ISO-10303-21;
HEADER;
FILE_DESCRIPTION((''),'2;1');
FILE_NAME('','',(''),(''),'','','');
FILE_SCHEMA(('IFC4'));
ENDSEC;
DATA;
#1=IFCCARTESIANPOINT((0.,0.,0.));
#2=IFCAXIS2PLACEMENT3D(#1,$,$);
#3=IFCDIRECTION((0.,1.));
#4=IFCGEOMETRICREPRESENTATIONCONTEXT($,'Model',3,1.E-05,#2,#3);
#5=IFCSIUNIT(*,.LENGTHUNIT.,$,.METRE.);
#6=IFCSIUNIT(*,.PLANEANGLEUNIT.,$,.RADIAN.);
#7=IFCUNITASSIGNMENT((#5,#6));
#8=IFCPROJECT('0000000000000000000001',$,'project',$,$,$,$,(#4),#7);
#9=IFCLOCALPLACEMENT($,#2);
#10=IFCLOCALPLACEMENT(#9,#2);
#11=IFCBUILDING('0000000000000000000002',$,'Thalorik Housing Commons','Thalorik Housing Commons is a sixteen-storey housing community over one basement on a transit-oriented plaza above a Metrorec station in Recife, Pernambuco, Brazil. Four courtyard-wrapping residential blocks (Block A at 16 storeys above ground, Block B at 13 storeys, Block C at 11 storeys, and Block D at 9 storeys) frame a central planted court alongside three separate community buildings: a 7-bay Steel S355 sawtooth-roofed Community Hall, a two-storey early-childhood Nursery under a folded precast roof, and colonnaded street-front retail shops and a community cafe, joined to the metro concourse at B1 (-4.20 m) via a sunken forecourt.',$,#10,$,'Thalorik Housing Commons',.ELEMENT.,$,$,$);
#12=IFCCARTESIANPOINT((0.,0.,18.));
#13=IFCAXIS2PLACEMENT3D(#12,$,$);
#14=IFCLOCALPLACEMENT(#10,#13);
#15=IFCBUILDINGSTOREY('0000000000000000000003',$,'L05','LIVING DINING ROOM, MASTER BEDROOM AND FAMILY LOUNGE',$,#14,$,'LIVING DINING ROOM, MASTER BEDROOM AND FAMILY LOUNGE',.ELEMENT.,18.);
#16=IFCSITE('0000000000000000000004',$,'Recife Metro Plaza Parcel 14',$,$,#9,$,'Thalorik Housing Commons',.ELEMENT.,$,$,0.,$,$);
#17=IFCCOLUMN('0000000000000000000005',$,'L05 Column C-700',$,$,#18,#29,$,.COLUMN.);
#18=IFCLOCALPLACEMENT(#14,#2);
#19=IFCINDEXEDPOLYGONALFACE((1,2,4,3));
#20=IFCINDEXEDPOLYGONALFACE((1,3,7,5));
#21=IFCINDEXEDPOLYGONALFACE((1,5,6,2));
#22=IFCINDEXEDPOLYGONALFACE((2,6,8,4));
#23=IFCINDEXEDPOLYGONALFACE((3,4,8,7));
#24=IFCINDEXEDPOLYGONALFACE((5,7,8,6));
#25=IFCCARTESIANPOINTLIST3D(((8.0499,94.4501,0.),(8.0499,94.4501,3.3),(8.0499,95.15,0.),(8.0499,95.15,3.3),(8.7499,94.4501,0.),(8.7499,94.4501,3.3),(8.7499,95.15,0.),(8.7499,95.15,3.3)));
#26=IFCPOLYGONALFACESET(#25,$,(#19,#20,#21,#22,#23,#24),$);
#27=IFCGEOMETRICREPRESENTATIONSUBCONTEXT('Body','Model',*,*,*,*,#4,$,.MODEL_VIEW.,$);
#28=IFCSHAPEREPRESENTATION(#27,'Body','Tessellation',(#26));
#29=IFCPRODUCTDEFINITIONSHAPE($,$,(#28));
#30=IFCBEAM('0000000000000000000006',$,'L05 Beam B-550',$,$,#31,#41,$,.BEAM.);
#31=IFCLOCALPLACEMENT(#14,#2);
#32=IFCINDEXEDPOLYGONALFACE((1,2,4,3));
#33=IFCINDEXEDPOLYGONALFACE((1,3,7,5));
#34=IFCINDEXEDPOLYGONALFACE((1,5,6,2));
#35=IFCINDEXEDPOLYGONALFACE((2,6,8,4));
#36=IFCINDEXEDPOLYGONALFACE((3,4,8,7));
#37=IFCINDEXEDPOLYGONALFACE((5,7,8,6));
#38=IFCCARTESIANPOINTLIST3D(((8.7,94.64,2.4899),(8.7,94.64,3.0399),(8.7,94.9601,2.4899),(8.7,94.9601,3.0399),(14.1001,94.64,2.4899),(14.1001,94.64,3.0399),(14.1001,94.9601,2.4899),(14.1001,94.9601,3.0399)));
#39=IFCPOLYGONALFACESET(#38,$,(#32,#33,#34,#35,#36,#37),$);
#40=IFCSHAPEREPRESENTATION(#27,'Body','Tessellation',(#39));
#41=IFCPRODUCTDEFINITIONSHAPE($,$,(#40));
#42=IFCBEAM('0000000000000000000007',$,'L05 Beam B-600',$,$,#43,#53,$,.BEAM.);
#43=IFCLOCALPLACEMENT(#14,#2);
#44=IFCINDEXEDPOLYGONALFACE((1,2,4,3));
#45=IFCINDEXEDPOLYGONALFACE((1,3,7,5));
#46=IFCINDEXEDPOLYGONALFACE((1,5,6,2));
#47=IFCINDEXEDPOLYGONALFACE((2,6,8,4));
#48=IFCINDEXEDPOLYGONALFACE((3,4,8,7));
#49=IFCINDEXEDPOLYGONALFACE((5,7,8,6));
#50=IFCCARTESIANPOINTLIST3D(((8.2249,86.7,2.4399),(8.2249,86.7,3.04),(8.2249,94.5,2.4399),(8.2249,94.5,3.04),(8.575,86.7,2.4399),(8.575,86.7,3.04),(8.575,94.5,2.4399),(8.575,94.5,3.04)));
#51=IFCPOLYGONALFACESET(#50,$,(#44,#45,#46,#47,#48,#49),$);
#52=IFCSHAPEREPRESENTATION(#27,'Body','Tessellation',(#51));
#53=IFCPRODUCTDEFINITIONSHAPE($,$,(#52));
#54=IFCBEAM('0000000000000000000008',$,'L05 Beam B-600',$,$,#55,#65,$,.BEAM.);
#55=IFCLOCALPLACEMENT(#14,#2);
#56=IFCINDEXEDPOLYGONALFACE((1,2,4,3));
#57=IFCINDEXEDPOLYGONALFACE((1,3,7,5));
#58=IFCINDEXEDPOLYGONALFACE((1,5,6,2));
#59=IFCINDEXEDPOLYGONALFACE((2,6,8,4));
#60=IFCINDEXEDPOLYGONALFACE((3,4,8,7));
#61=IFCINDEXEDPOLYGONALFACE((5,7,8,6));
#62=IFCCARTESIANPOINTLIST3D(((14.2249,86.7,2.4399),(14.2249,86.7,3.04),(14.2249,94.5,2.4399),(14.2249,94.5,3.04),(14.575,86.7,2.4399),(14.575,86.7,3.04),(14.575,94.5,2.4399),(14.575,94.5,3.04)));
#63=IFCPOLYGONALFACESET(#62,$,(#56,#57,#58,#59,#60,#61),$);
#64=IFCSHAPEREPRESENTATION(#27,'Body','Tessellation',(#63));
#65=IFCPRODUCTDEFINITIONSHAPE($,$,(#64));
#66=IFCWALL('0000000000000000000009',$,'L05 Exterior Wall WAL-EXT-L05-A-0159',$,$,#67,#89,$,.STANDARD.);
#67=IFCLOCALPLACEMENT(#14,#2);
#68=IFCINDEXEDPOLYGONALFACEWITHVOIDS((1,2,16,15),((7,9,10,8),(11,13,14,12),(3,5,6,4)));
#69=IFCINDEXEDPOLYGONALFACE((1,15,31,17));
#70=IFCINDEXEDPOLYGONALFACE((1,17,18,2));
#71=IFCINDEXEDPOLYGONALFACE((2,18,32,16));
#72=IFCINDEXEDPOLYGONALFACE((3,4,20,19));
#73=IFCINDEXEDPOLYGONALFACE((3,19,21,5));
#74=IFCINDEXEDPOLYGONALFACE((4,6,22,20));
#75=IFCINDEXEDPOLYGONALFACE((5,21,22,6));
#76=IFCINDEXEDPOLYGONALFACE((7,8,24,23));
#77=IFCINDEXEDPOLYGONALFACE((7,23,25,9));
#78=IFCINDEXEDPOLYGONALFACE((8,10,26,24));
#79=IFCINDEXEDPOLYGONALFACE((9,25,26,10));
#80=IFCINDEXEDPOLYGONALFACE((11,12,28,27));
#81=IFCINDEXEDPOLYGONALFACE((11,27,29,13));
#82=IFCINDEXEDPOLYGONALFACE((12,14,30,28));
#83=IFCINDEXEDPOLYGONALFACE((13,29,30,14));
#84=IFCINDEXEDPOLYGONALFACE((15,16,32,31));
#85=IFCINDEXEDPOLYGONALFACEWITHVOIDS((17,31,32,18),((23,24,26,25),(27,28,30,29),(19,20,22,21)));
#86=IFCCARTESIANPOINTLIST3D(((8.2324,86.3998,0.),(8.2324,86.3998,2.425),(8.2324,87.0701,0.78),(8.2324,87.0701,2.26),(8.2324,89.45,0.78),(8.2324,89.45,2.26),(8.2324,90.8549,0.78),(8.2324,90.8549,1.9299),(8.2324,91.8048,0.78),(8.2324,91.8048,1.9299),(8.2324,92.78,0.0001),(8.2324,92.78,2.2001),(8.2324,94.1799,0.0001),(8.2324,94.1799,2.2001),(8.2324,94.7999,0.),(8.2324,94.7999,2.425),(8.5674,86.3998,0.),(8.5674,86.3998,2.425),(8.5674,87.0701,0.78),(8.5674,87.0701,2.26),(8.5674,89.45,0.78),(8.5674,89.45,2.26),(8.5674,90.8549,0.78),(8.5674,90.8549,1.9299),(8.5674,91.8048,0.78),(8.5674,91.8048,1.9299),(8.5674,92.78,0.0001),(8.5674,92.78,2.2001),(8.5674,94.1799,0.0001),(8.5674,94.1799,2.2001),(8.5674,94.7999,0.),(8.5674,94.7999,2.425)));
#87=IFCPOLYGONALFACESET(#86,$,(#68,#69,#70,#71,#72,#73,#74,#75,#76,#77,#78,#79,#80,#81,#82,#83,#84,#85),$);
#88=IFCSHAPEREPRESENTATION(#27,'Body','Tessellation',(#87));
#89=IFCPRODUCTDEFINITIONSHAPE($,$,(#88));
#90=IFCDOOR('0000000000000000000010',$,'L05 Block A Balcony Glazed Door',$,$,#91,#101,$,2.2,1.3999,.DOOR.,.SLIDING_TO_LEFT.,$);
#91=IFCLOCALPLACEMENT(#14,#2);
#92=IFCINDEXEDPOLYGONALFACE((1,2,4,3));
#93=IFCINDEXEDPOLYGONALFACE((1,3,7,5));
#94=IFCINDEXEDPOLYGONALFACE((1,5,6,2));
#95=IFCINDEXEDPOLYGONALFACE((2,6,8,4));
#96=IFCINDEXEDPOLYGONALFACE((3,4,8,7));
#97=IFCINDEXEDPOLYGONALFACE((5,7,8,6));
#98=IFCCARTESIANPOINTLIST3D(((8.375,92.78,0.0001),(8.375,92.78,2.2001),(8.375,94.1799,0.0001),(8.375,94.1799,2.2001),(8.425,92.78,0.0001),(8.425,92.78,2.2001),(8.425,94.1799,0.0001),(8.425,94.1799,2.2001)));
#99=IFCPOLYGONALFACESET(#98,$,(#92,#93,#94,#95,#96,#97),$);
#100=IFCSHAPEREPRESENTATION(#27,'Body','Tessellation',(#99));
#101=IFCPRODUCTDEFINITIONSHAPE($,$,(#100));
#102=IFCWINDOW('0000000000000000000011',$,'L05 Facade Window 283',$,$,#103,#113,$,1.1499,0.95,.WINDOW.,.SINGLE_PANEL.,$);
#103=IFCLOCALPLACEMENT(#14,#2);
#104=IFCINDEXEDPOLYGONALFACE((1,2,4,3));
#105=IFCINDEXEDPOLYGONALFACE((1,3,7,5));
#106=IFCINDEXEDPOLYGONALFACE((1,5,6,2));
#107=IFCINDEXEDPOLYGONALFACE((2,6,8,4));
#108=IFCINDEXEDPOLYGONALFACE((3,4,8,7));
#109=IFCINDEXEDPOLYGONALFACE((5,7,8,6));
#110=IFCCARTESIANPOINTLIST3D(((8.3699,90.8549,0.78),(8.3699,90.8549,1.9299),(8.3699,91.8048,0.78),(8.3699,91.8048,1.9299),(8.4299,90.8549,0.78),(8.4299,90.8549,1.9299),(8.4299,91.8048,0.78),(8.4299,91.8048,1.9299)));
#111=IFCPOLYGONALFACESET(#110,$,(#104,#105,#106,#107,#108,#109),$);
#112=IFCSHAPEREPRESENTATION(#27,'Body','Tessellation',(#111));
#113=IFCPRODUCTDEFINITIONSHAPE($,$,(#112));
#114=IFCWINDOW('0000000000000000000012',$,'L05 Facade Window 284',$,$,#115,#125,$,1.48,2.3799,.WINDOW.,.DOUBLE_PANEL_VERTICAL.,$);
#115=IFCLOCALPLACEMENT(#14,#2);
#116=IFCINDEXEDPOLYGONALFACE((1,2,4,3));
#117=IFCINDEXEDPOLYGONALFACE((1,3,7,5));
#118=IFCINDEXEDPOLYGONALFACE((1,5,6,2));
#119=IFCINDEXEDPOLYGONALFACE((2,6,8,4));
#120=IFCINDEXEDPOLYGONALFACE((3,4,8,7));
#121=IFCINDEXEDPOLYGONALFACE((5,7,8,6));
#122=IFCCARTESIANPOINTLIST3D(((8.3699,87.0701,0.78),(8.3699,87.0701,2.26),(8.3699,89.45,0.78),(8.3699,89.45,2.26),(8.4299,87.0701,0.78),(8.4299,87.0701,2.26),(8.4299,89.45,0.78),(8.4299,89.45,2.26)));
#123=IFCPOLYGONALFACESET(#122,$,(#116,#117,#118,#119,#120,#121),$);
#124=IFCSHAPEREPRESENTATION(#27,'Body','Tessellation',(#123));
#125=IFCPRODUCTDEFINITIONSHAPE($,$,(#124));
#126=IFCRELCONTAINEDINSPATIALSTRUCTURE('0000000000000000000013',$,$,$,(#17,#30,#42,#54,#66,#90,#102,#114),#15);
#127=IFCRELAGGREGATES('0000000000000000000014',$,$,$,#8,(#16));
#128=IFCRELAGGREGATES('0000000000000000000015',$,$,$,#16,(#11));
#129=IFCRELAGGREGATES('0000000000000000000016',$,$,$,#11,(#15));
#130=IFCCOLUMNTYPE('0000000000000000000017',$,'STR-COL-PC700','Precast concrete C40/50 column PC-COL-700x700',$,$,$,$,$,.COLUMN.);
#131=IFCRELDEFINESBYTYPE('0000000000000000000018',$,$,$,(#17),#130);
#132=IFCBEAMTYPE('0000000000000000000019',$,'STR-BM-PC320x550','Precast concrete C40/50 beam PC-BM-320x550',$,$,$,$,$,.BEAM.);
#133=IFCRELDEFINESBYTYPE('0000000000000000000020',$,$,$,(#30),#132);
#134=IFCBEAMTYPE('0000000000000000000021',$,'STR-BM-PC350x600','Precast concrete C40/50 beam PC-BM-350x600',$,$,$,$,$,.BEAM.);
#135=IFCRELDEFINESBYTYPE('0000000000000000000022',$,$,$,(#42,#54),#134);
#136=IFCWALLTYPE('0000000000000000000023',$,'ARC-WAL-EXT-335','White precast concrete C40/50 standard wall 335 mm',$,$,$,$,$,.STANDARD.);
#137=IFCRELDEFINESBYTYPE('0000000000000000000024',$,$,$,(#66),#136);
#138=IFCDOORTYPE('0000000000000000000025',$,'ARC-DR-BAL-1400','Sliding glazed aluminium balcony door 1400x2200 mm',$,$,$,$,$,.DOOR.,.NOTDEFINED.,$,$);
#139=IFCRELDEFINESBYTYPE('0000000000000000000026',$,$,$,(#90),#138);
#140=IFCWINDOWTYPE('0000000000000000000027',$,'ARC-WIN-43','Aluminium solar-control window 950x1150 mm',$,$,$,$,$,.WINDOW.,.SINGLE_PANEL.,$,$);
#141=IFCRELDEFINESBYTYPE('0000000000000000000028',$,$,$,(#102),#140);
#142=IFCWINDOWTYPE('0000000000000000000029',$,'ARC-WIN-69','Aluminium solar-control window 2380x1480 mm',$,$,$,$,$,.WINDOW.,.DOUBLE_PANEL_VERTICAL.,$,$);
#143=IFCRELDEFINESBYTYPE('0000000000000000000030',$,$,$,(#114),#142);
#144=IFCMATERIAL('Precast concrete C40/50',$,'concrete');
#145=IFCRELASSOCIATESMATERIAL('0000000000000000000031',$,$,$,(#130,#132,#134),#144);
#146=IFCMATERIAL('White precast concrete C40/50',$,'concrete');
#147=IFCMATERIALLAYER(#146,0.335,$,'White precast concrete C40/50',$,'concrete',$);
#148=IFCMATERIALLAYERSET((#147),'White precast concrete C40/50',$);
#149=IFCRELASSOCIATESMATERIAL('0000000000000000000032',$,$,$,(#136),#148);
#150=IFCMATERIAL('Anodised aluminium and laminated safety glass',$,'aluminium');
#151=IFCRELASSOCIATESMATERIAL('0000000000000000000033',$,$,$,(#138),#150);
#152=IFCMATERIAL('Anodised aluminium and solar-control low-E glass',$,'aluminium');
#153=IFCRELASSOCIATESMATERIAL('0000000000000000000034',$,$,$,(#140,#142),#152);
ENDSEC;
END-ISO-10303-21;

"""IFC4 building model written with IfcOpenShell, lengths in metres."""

from ifc_helpers import new_model, si_unit, direction, frame, frame_2d, origin, origin_2d, place, context, subcontext, project, spatial, rectangle, extrude, material, layer, layer_set, material_profile, profile_set, type_object, element, fill, save


model = new_model("IFC4")

# Units and contexts
model_context = context("Model", 3, precision=1e-05, world=origin(), true_north=direction((0.0, 1.0)))
body_context = subcontext(model_context, "Body", "Model", "MODEL_VIEW")
ifc_project = project(units=[si_unit("LENGTHUNIT", "METRE"), si_unit("PLANEANGLEUNIT", "RADIAN")], contexts=[model_context])

# Site, building, storey
site_placement = place(None, origin())
site = spatial("IfcSite", under=ifc_project, at=site_placement, Name="Recife Metro Plaza Parcel 14", LongName="Thalorik Housing Commons", CompositionType="ELEMENT", RefElevation=0.0)
building_placement = place(site_placement, origin())
building = spatial("IfcBuilding", under=site, at=building_placement, Name="Thalorik Housing Commons", Description="Thalorik Housing Commons is a sixteen-storey housing community over one basement on a transit-oriented plaza above a Metrorec station in Recife, Pernambuco, Brazil. Four courtyard-wrapping residential blocks (Block A at 16 storeys above ground, Block B at 13 storeys, Block C at 11 storeys, and Block D at 9 storeys) frame a central planted court alongside three separate community buildings: a 7-bay Steel S355 sawtooth-roofed Community Hall, a two-storey early-childhood Nursery under a folded precast roof, and colonnaded street-front retail shops and a community cafe, joined to the metro concourse at B1 (-4.20 m) via a sunken forecourt.", LongName="Thalorik Housing Commons", CompositionType="ELEMENT")
storey_placement = place(building_placement, frame((0.0, 0.0, 18.0)))
storey = spatial("IfcBuildingStorey", under=building, at=storey_placement, Name="L05", Description="LIVING DINING ROOM, MASTER BEDROOM AND FAMILY LOUNGE", LongName="LIVING DINING ROOM, MASTER BEDROOM AND FAMILY LOUNGE", CompositionType="ELEMENT", Elevation=18.0)

# Column
ifc_material_1 = material(Name="Precast concrete C40/50", Category="concrete")
ifc_material_profile_1 = material_profile(ifc_material_1, rectangle(XDim=0.7, YDim=0.7, at=origin_2d()), Name="PC 700x700", Category="concrete")
ifc_profile_set_1 = profile_set([ifc_material_profile_1], Name="Precast concrete C40/50")
column_type = type_object("IfcColumnType", Name="STR-COL-PC700", Description="Precast concrete C40/50 column PC-COL-700x700", PredefinedType="COLUMN", material=ifc_profile_set_1)
column_placement = place(storey_placement, frame((8.3999, 94.8, 0.0), z_axis=(0.0, 0.0, 1.0), x_axis=(1.0, 0.0, 0.0)))
element("IfcColumn", 1, at=column_placement, inside=storey, type_object=column_type, Name="L05 Column C-700", PredefinedType="COLUMN", context=body_context, shape_type="SweptSolid", body=[
    extrude(rectangle(XDim=0.7, YDim=0.7, at=origin_2d()), origin(), (0.0, 0.0, 1.0), 3.3),
])

# Beams
ifc_material_profile_2 = material_profile(ifc_material_1, rectangle(XDim=0.3201, YDim=0.55, at=origin_2d()), Name="PC 320x550", Category="concrete")
ifc_profile_set_2 = profile_set([ifc_material_profile_2], Name="Precast concrete C40/50")
beam_type_1 = type_object("IfcBeamType", Name="STR-BM-PC320x550", Description="Precast concrete C40/50 beam PC-BM-320x550", PredefinedType="BEAM", material=ifc_profile_set_2)
beam_placement = place(storey_placement, frame((8.7, 94.8, 2.7649), z_axis=(1.0, 0.0, 0.0), x_axis=(0.0, 1.0, 0.0)))
element("IfcBeam", 2, at=beam_placement, inside=storey, type_object=beam_type_1, Name="L05 Beam B-550", PredefinedType="BEAM", context=body_context, shape_type="SweptSolid", body=[
    extrude(rectangle(XDim=0.3201, YDim=0.55, at=origin_2d()), origin(), (0.0, 0.0, 1.0), 5.4001),
])
ifc_material_profile_3 = material_profile(ifc_material_1, rectangle(XDim=0.3501, YDim=0.6001, at=origin_2d()), Name="PC 350x600", Category="concrete")
ifc_profile_set_3 = profile_set([ifc_material_profile_3], Name="Precast concrete C40/50")
beam_type_2 = type_object("IfcBeamType", Name="STR-BM-PC350x600", Description="Precast concrete C40/50 beam PC-BM-350x600", PredefinedType="BEAM", material=ifc_profile_set_3)
for number, where, z_axis, x_axis, name in (
    (3, (8.3999, 86.7, 2.74), (0.0, 1.0, 0.0), (-1.0, 0.0, 0.0), "L05 Beam B-600"),
    (4, (14.3999, 86.7, 2.74), (0.0, 1.0, 0.0), (-1.0, 0.0, 0.0), "L05 Beam B-600"),
):
    element("IfcBeam", number, at=place(storey_placement, frame(where, z_axis=z_axis, x_axis=x_axis)), inside=storey, type_object=beam_type_2, Name=name, PredefinedType="BEAM", context=body_context, shape_type="SweptSolid", body=[
        extrude(rectangle(XDim=0.3501, YDim=0.6001, at=origin_2d()), origin(), (0.0, 0.0, 1.0), 7.8),
    ])

# Wall, openings, door, windows
ifc_material_2 = material(Name="White precast concrete C40/50", Category="concrete")
ifc_layer_1 = layer(ifc_material_2, 0.335, Name="White precast concrete C40/50", Category="concrete")
ifc_layer_set_1 = layer_set([ifc_layer_1], Name="White precast concrete C40/50")
wall_type_1 = type_object("IfcWallType", Name="ARC-WAL-EXT-335", Description="White precast concrete C40/50 standard wall 335 mm", PredefinedType="STANDARD", material=ifc_layer_set_1)
wall_1_placement = place(storey_placement, frame((8.3999, 94.8, 0.0), z_axis=(0.0, 0.0, 1.0), x_axis=(0.0, -1.0, 0.0)))
wall_1 = element("IfcWall", 5, at=wall_1_placement, inside=storey, type_object=wall_type_1, Name="L05 Exterior Wall WAL-EXT-L05-A-0159", PredefinedType="STANDARD", context=body_context, shape_type="SweptSolid", body=[
    extrude(rectangle(XDim=8.4001, YDim=0.335, at=frame_2d((4.2002, 0.0))), origin(), (0.0, 0.0, 1.0), 2.425),
])
opening_1_placement = place(wall_1_placement, frame((0.6201, 0.0, 0.0)))
opening_1 = element("IfcOpeningElement", 6, at=opening_1_placement, cuts=wall_1, PredefinedType="OPENING", context=body_context, shape_type="SweptSolid", body=[
    extrude(rectangle(XDim=1.3999, YDim=2.2, at=frame_2d((0.7, 1.1001))), frame((0.0, 0.1775, 0.0), z_axis=(0.0, -1.0, 0.0), x_axis=(1.0, 0.0, 0.0)), (0.0, 0.0, 1.0), 0.355),
])
opening_2_placement = place(wall_1_placement, frame((2.9951, 0.0, 0.78)))
opening_2 = element("IfcOpeningElement", 7, at=opening_2_placement, cuts=wall_1, PredefinedType="OPENING", context=body_context, shape_type="SweptSolid", body=[
    extrude(rectangle(XDim=0.95, YDim=1.1499, at=frame_2d((0.4751, 0.575))), frame((0.0, 0.1775, 0.0), z_axis=(0.0, -1.0, 0.0), x_axis=(1.0, 0.0, 0.0)), (0.0, 0.0, 1.0), 0.355),
])
opening_3_placement = place(wall_1_placement, frame((5.3501, 0.0, 0.78)))
opening_3 = element("IfcOpeningElement", 8, at=opening_3_placement, cuts=wall_1, PredefinedType="OPENING", context=body_context, shape_type="SweptSolid", body=[
    extrude(rectangle(XDim=2.3799, YDim=1.48, at=frame_2d((1.1899, 0.74))), frame((0.0, 0.1775, 0.0), z_axis=(0.0, -1.0, 0.0), x_axis=(1.0, 0.0, 0.0)), (0.0, 0.0, 1.0), 0.355),
])
ifc_material_3 = material(Name="Anodised aluminium and laminated safety glass", Category="aluminium")
door_type_1 = type_object("IfcDoorType", Name="ARC-DR-BAL-1400", Description="Sliding glazed aluminium balcony door 1400x2200 mm", OperationType="NOTDEFINED", PredefinedType="DOOR", material=ifc_material_3)
door_1_placement = place(opening_1_placement, frame((1.3999, 0.0, 0.0), z_axis=(0.0, 0.0, 1.0), x_axis=(-1.0, 0.0, 0.0)))
door_1 = element("IfcDoor", 9, at=door_1_placement, inside=storey, type_object=door_type_1, Name="L05 Block A Balcony Glazed Door", OperationType="SLIDING_TO_LEFT", OverallHeight=2.2, OverallWidth=1.3999, PredefinedType="DOOR", context=body_context, shape_type="SweptSolid", body=[
    extrude(rectangle(XDim=1.3999, YDim=2.2, at=frame_2d((0.7, 1.1001))), frame((0.0, 0.0249, 0.0), z_axis=(0.0, -1.0, 0.0), x_axis=(1.0, 0.0, 0.0)), (0.0, 0.0, 1.0), 0.05),
])
fill(opening_1, door_1)
ifc_material_4 = material(Name="Anodised aluminium and solar-control low-E glass", Category="aluminium")
window_type_1 = type_object("IfcWindowType", Name="ARC-WIN-43", Description="Aluminium solar-control window 950x1150 mm", PartitioningType="SINGLE_PANEL", PredefinedType="WINDOW", material=ifc_material_4)
window_1_placement = place(opening_2_placement, origin())
window_1 = element("IfcWindow", 10, at=window_1_placement, inside=storey, type_object=window_type_1, Name="L05 Facade Window 283", OverallHeight=1.1499, OverallWidth=0.95, PartitioningType="SINGLE_PANEL", PredefinedType="WINDOW", context=body_context, shape_type="SweptSolid", body=[
    extrude(rectangle(XDim=0.95, YDim=1.1499, at=frame_2d((0.4751, 0.575))), frame((0.0, 0.03, 0.0), z_axis=(0.0, -1.0, 0.0), x_axis=(1.0, 0.0, 0.0)), (0.0, 0.0, 1.0), 0.0601),
])
fill(opening_2, window_1)
window_type_2 = type_object("IfcWindowType", Name="ARC-WIN-69", Description="Aluminium solar-control window 2380x1480 mm", PartitioningType="DOUBLE_PANEL_VERTICAL", PredefinedType="WINDOW", material=ifc_material_4)
window_2_placement = place(opening_3_placement, origin())
window_2 = element("IfcWindow", 11, at=window_2_placement, inside=storey, type_object=window_type_2, Name="L05 Facade Window 284", OverallHeight=1.48, OverallWidth=2.3799, PartitioningType="DOUBLE_PANEL_VERTICAL", PredefinedType="WINDOW", context=body_context, shape_type="SweptSolid", body=[
    extrude(rectangle(XDim=2.3799, YDim=1.48, at=frame_2d((1.1899, 0.74))), frame((0.0, 0.03, 0.0), z_axis=(0.0, -1.0, 0.0), x_axis=(1.0, 0.0, 0.0)), (0.0, 0.0, 1.0), 0.0601),
])
fill(opening_3, window_2)

save(model, "model.ifc")
